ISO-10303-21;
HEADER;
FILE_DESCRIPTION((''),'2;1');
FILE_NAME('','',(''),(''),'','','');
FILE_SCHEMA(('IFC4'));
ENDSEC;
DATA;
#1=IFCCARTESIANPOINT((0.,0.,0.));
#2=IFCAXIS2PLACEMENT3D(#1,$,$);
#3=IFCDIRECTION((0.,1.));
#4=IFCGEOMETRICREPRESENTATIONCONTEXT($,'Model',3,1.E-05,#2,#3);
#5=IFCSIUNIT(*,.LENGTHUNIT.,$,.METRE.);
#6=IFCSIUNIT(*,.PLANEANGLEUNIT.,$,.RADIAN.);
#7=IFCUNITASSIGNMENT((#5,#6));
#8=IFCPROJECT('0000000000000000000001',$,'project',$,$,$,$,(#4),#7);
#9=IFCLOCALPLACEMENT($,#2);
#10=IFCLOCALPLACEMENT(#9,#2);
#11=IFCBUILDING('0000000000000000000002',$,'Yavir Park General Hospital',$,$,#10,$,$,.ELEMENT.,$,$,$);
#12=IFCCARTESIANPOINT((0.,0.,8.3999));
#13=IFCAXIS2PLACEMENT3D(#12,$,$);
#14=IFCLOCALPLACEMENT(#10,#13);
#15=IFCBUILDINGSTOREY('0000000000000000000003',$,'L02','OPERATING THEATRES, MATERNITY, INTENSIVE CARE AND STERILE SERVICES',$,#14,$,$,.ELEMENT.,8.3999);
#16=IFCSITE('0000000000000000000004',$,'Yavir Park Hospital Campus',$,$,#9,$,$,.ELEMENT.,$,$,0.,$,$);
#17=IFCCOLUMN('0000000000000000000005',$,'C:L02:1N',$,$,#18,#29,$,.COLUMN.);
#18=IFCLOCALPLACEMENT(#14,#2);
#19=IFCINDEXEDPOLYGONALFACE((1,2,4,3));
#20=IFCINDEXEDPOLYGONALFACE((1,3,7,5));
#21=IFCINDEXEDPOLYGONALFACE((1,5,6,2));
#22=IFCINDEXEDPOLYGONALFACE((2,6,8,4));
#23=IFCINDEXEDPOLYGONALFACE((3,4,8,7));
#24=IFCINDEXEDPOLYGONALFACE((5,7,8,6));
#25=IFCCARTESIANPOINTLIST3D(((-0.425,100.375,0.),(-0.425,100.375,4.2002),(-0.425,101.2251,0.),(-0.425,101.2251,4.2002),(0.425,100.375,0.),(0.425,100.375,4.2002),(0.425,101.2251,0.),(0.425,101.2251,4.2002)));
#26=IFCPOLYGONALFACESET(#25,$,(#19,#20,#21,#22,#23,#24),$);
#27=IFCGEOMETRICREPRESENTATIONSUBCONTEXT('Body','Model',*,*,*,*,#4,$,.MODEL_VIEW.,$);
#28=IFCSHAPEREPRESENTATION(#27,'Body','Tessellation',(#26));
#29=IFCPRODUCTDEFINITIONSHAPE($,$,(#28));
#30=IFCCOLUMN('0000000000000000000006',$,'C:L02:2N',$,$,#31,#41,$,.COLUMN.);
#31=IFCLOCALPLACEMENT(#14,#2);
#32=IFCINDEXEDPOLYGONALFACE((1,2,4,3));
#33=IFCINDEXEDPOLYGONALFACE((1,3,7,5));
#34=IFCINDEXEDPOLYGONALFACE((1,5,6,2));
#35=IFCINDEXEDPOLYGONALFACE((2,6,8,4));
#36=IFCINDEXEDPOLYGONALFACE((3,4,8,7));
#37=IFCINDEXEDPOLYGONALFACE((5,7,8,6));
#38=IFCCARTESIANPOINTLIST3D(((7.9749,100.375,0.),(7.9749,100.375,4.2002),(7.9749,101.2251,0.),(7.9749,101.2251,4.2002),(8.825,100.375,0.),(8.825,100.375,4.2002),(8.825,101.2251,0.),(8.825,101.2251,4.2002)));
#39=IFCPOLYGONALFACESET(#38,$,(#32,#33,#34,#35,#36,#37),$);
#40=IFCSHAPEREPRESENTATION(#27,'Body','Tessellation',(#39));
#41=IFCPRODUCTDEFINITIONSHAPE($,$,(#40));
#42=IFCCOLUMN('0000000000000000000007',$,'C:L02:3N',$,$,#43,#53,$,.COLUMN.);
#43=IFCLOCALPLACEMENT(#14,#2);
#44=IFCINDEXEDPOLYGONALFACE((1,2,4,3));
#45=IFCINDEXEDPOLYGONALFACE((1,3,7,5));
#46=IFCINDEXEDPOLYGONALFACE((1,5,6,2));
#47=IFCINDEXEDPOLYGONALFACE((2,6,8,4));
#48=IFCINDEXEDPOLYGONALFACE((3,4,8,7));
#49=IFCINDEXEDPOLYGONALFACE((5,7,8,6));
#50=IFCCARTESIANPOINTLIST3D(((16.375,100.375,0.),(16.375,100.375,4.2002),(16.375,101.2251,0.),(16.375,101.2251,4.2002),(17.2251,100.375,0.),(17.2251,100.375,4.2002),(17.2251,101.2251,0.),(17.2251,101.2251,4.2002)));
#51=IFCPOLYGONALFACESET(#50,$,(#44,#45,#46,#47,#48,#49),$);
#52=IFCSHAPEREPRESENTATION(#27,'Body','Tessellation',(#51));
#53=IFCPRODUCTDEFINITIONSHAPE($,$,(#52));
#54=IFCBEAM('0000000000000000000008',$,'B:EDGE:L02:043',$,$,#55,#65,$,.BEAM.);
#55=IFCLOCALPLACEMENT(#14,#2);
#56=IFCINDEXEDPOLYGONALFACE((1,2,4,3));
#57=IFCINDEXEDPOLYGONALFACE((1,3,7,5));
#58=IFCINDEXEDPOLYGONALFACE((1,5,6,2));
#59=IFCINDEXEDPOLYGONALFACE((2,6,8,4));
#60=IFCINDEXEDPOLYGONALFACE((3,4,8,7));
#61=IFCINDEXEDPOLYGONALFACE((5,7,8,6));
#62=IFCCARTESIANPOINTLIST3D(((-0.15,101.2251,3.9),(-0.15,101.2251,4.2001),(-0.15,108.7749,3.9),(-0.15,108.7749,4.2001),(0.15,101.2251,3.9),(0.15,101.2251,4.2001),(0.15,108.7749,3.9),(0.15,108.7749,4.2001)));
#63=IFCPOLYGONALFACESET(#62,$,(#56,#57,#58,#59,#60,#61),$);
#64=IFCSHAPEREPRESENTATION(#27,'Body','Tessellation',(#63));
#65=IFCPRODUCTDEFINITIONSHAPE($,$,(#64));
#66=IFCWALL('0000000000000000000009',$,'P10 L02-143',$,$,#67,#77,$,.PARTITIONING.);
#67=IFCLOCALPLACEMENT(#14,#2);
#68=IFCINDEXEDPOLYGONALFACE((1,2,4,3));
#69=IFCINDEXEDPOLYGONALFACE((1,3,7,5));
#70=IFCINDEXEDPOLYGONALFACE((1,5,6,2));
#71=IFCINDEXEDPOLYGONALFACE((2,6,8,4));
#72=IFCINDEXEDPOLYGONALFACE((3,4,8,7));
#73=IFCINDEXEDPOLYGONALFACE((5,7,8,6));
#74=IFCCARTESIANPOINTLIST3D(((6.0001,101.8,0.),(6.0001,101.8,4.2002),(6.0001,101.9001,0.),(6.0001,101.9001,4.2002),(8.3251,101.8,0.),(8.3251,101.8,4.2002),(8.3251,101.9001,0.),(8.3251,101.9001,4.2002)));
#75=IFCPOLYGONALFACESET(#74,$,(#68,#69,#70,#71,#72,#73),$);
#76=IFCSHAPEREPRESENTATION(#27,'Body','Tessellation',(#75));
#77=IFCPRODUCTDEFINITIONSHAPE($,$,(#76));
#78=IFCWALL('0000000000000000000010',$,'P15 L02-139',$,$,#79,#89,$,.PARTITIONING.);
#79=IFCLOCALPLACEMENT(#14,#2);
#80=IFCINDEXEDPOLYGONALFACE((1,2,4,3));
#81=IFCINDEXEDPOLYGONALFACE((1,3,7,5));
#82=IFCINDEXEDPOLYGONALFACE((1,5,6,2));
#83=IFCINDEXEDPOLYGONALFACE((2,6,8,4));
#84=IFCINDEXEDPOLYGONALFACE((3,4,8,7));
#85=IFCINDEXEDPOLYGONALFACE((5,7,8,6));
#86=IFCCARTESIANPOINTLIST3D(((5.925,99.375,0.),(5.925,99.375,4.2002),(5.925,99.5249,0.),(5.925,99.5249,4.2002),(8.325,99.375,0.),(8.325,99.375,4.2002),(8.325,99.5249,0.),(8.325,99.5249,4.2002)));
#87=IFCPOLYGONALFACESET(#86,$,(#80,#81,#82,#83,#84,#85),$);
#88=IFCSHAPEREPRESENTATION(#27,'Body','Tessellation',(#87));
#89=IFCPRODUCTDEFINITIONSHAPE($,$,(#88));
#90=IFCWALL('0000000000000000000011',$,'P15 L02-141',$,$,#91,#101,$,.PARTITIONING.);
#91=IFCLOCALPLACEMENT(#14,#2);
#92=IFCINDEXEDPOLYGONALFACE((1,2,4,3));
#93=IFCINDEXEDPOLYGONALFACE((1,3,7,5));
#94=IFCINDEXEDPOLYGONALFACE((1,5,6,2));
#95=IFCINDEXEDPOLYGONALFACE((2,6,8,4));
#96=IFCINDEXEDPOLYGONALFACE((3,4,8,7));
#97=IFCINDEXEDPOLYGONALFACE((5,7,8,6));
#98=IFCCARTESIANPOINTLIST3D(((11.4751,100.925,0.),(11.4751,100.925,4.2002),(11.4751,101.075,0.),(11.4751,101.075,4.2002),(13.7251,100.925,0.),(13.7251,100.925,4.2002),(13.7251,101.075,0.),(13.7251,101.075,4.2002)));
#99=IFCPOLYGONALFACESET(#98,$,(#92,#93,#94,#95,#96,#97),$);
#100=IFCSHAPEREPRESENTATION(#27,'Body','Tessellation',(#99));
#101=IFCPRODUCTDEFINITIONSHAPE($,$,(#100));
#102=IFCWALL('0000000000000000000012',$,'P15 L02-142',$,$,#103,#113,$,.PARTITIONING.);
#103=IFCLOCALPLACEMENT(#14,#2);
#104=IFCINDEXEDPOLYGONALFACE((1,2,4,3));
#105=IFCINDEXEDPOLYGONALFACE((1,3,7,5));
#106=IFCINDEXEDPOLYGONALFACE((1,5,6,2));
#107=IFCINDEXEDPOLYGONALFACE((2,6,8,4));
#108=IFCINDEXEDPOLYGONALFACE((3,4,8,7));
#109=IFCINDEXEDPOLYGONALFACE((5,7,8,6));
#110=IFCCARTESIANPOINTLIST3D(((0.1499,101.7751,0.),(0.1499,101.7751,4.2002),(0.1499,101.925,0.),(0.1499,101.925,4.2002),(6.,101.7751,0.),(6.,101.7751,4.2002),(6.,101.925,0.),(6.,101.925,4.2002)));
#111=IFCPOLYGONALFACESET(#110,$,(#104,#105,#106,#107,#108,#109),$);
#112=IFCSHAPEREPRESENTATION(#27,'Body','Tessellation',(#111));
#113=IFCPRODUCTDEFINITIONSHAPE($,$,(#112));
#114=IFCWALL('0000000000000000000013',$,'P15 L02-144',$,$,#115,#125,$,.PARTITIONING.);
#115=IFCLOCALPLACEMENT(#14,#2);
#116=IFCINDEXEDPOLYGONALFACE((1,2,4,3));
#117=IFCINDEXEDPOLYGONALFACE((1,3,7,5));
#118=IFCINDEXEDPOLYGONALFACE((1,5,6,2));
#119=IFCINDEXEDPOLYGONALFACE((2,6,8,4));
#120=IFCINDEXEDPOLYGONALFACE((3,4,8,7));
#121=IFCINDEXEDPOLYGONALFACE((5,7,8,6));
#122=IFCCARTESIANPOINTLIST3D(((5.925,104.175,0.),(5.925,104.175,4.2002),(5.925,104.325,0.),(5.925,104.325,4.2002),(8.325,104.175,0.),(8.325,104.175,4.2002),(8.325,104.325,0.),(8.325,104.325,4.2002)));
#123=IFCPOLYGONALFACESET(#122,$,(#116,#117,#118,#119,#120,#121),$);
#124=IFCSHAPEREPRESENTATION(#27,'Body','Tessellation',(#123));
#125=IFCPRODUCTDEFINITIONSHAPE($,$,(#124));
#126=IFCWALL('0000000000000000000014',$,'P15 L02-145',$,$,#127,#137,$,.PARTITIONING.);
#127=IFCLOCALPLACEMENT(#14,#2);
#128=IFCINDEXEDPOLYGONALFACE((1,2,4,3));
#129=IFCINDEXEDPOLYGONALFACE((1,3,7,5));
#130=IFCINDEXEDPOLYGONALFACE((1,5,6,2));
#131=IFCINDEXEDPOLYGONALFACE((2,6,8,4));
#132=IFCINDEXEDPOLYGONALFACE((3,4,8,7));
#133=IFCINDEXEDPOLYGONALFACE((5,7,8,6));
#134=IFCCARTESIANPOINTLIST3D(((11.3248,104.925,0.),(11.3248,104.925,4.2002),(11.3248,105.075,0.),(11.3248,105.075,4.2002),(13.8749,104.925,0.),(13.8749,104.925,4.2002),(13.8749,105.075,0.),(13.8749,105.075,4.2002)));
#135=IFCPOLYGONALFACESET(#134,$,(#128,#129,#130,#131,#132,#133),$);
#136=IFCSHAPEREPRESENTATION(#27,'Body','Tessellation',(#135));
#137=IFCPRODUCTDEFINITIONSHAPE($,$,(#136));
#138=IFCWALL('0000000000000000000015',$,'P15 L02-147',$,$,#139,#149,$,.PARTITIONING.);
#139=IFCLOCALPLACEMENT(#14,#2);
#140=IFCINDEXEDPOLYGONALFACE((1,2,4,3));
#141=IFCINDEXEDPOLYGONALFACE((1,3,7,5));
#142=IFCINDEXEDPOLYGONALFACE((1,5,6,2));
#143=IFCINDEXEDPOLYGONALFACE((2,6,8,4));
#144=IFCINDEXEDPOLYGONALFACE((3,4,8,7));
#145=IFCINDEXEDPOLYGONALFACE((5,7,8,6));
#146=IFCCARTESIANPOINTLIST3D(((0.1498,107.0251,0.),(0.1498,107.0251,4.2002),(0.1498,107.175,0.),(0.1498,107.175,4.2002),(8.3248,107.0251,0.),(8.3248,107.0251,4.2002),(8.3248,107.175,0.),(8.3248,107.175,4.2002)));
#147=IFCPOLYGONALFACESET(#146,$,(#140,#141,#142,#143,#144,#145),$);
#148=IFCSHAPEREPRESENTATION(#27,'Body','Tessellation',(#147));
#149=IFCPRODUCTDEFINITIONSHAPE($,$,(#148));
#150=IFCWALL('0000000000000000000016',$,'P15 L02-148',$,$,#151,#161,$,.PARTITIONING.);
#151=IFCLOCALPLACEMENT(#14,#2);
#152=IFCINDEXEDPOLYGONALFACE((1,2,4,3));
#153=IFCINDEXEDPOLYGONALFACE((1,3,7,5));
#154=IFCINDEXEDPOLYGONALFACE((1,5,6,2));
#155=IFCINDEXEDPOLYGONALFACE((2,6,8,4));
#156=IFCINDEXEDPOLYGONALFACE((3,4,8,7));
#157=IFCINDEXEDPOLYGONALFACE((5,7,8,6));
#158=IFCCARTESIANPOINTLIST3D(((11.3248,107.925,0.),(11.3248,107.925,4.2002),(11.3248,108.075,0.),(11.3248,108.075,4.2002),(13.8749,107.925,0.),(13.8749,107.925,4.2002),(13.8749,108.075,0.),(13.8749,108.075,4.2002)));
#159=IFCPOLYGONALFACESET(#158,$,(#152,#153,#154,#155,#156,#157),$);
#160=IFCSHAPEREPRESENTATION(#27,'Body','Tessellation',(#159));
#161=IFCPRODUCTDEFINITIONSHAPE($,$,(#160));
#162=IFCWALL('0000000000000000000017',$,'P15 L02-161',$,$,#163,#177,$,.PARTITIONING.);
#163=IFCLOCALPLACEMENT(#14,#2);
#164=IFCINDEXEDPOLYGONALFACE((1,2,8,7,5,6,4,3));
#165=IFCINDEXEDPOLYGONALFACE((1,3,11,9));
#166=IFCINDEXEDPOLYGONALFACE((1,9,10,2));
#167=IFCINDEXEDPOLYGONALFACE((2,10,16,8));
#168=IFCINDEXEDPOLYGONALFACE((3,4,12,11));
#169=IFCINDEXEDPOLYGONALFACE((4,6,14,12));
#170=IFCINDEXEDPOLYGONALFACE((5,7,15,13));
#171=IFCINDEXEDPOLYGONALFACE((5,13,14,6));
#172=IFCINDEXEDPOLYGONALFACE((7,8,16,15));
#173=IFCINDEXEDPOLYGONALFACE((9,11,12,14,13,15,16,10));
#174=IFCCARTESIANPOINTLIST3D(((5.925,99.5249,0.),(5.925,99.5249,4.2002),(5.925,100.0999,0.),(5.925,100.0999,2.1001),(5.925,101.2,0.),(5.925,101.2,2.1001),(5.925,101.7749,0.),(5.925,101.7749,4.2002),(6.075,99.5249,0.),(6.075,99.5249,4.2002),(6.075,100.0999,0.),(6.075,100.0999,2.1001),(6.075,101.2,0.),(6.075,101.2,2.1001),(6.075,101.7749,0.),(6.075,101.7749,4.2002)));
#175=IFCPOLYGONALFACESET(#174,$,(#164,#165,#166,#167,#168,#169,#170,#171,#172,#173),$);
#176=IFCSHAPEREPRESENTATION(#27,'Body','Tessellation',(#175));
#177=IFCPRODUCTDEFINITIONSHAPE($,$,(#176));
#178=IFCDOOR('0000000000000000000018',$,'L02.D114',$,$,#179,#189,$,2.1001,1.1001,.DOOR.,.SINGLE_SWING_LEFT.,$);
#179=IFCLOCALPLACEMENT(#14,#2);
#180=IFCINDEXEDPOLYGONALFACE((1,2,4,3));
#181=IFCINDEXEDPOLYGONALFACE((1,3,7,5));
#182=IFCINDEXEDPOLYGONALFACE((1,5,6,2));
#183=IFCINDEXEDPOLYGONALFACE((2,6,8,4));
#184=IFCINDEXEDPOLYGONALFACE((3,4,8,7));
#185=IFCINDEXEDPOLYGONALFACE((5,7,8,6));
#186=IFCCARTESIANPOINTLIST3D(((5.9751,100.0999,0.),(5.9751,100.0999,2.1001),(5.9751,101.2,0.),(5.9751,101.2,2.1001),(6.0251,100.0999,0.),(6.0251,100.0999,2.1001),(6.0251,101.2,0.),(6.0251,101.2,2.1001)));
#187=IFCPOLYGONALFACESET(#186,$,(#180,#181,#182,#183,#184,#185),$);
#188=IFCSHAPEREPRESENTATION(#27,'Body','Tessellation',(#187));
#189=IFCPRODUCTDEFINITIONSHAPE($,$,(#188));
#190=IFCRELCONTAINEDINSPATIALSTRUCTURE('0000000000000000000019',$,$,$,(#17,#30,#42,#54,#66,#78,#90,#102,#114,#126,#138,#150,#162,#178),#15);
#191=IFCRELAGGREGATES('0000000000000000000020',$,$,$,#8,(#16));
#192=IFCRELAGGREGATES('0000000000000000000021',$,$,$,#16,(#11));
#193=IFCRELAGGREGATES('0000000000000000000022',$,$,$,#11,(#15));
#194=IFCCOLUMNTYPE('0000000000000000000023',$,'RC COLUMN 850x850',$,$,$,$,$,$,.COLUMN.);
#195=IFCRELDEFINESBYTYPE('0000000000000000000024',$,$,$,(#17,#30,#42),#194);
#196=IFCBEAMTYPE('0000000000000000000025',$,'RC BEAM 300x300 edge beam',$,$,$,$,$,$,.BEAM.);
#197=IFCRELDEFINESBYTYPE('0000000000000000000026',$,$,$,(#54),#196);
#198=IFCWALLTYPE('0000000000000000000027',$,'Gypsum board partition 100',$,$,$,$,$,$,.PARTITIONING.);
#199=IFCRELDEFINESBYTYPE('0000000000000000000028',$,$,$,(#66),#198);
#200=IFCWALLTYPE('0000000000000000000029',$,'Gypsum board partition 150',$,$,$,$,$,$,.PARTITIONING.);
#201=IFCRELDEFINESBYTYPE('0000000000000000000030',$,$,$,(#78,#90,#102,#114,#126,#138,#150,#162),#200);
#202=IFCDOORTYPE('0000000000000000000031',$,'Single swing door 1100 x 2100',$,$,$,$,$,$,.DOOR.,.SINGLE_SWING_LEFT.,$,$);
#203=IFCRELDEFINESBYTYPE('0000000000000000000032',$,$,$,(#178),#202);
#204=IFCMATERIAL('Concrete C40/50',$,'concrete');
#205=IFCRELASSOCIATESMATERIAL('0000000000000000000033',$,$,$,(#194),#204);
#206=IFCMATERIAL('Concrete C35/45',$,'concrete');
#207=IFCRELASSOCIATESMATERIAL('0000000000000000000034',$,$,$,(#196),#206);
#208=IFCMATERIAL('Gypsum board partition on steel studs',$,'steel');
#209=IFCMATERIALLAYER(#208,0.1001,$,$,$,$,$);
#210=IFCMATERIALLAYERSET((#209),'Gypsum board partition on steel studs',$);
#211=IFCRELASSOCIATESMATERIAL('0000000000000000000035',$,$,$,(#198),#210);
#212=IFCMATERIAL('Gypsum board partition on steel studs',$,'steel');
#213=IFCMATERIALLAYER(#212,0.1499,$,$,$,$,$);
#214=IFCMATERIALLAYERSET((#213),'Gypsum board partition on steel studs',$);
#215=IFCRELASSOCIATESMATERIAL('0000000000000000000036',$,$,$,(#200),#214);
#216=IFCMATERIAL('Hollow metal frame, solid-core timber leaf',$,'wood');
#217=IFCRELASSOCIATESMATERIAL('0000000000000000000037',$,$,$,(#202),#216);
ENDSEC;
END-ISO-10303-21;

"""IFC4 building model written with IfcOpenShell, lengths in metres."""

from ifc_helpers import new_model, si_unit, direction, frame, frame_2d, origin, origin_2d, place, context, subcontext, project, spatial, rectangle, extrude, material, layer, layer_set, material_profile, profile_set, type_object, element, fill, save


model = new_model("IFC4")

# Units and contexts
model_context = context("Model", 3, precision=1e-05, world=origin(), true_north=direction((0.0, 1.0)))
body_context = subcontext(model_context, "Body", "Model", "MODEL_VIEW")
ifc_project = project(units=[si_unit("LENGTHUNIT", "METRE"), si_unit("PLANEANGLEUNIT", "RADIAN")], contexts=[model_context])

# Site, building, storey
site_placement = place(None, origin())
site = spatial("IfcSite", under=ifc_project, at=site_placement, Name="Yavir Park Hospital Campus", CompositionType="ELEMENT", RefElevation=0.0)
building_placement = place(site_placement, origin())
building = spatial("IfcBuilding", under=site, at=building_placement, Name="Yavir Park General Hospital", CompositionType="ELEMENT")
storey_placement = place(building_placement, frame((0.0, 0.0, 8.3999)))
storey = spatial("IfcBuildingStorey", under=building, at=storey_placement, Name="L02", Description="OPERATING THEATRES, MATERNITY, INTENSIVE CARE AND STERILE SERVICES", CompositionType="ELEMENT", Elevation=8.3999)

# Columns
ifc_material_1 = material(Name="Concrete C40/50", Category="concrete")
ifc_material_profile_1 = material_profile(ifc_material_1, rectangle(XDim=0.8501, YDim=0.8501, at=origin_2d()), Name="RC850x850")
ifc_profile_set_1 = profile_set([ifc_material_profile_1], Name="Concrete C40/50")
column_type = type_object("IfcColumnType", Name="RC COLUMN 850x850", PredefinedType="COLUMN", material=ifc_profile_set_1)
for number, where, z_axis, x_axis, name in (
    (1, (0.0, 100.8, 0.0), (0.0, 0.0, 1.0), (1.0, 0.0, 0.0), "C:L02:1N"),
    (2, (8.3999, 100.8, 0.0), (0.0, 0.0, 1.0), (1.0, 0.0, 0.0), "C:L02:2N"),
    (3, (16.8, 100.8, 0.0), (0.0, 0.0, 1.0), (1.0, 0.0, 0.0), "C:L02:3N"),
):
    element("IfcColumn", number, at=place(storey_placement, frame(where, z_axis=z_axis, x_axis=x_axis)), inside=storey, type_object=column_type, Name=name, PredefinedType="COLUMN", context=body_context, shape_type="SweptSolid", body=[
        extrude(rectangle(XDim=0.8501, YDim=0.8501, at=origin_2d()), origin(), (0.0, 0.0, 1.0), 4.2002),
    ])

# Beam
ifc_material_2 = material(Name="Concrete C35/45", Category="concrete")
ifc_material_profile_2 = material_profile(ifc_material_2, rectangle(XDim=0.3, YDim=0.3, at=origin_2d()), Name="RC300x300")
ifc_profile_set_2 = profile_set([ifc_material_profile_2], Name="Concrete C35/45")
beam_type = type_object("IfcBeamType", Name="RC BEAM 300x300 edge beam", PredefinedType="BEAM", material=ifc_profile_set_2)
beam_placement = place(storey_placement, frame((0.0, 101.2251, 4.05), z_axis=(0.0, 1.0, 0.0), x_axis=(-1.0, 0.0, 0.0)))
element("IfcBeam", 4, at=beam_placement, inside=storey, type_object=beam_type, Name="B:EDGE:L02:043", PredefinedType="BEAM", context=body_context, shape_type="SweptSolid", body=[
    extrude(rectangle(XDim=0.3, YDim=0.3, at=origin_2d()), origin(), (0.0, 0.0, 1.0), 7.5498),
])

# Walls
ifc_material_3 = material(Name="Gypsum board partition on steel studs", Category="steel")
ifc_layer_1 = layer(ifc_material_3, 0.1001)
ifc_layer_set_1 = layer_set([ifc_layer_1], Name="Gypsum board partition on steel studs")
wall_type_1 = type_object("IfcWallType", Name="Gypsum board partition 100", PredefinedType="PARTITIONING", material=ifc_layer_set_1)
wall_1_placement = place(storey_placement, frame((6.0, 101.8501, 0.0), z_axis=(0.0, 0.0, 1.0), x_axis=(1.0, 0.0, 0.0)))
element("IfcWall", 5, at=wall_1_placement, inside=storey, type_object=wall_type_1, Name="P10 L02-143", PredefinedType="PARTITIONING", context=body_context, shape_type="SweptSolid", body=[
    extrude(rectangle(XDim=2.325, YDim=0.1001, at=frame_2d((1.1626, 0.0))), origin(), (0.0, 0.0, 1.0), 4.2002),
])
ifc_material_4 = material(Name="Gypsum board partition on steel studs", Category="steel")
ifc_layer_2 = layer(ifc_material_4, 0.1499)
ifc_layer_set_2 = layer_set([ifc_layer_2], Name="Gypsum board partition on steel studs")
wall_type_2 = type_object("IfcWallType", Name="Gypsum board partition 150", PredefinedType="PARTITIONING", material=ifc_layer_set_2)
wall_2_placement = place(storey_placement, frame((5.925, 99.45, 0.0), z_axis=(0.0, 0.0, 1.0), x_axis=(1.0, 0.0, 0.0)))
element("IfcWall", 6, at=wall_2_placement, inside=storey, type_object=wall_type_2, Name="P15 L02-139", PredefinedType="PARTITIONING", context=body_context, shape_type="SweptSolid", body=[
    extrude(rectangle(XDim=2.3999, YDim=0.1499, at=frame_2d((1.2, 0.0))), origin(), (0.0, 0.0, 1.0), 4.2002),
])
wall_3_placement = place(storey_placement, frame((11.4751, 101.0, 0.0), z_axis=(0.0, 0.0, 1.0), x_axis=(1.0, 0.0, 0.0)))
element("IfcWall", 7, at=wall_3_placement, inside=storey, type_object=wall_type_2, Name="P15 L02-141", PredefinedType="PARTITIONING", context=body_context, shape_type="SweptSolid", body=[
    extrude(rectangle(XDim=2.25, YDim=0.1499, at=frame_2d((1.125, 0.0))), origin(), (0.0, 0.0, 1.0), 4.2002),
])
wall_4_placement = place(storey_placement, frame((0.1499, 101.8501, 0.0), z_axis=(0.0, 0.0, 1.0), x_axis=(1.0, 0.0, 0.0)))
element("IfcWall", 8, at=wall_4_placement, inside=storey, type_object=wall_type_2, Name="P15 L02-142", PredefinedType="PARTITIONING", context=body_context, shape_type="SweptSolid", body=[
    extrude(rectangle(XDim=5.8501, YDim=0.1499, at=frame_2d((2.925, 0.0))), origin(), (0.0, 0.0, 1.0), 4.2002),
])
wall_5_placement = place(storey_placement, frame((5.925, 104.25, 0.0), z_axis=(0.0, 0.0, 1.0), x_axis=(1.0, 0.0, 0.0)))
element("IfcWall", 9, at=wall_5_placement, inside=storey, type_object=wall_type_2, Name="P15 L02-144", PredefinedType="PARTITIONING", context=body_context, shape_type="SweptSolid", body=[
    extrude(rectangle(XDim=2.3999, YDim=0.1499, at=frame_2d((1.2, 0.0))), origin(), (0.0, 0.0, 1.0), 4.2002),
])
wall_6_placement = place(storey_placement, frame((11.325, 105.0, 0.0), z_axis=(0.0, 0.0, 1.0), x_axis=(1.0, 0.0, 0.0)))
element("IfcWall", 10, at=wall_6_placement, inside=storey, type_object=wall_type_2, Name="P15 L02-145", PredefinedType="PARTITIONING", context=body_context, shape_type="SweptSolid", body=[
    extrude(rectangle(XDim=2.55, YDim=0.1499, at=frame_2d((1.2749, 0.0))), origin(), (0.0, 0.0, 1.0), 4.2002),
])
wall_7_placement = place(storey_placement, frame((0.1499, 107.1001, 0.0), z_axis=(0.0, 0.0, 1.0), x_axis=(1.0, 0.0, 0.0)))
element("IfcWall", 11, at=wall_7_placement, inside=storey, type_object=wall_type_2, Name="P15 L02-147", PredefinedType="PARTITIONING", context=body_context, shape_type="SweptSolid", body=[
    extrude(rectangle(XDim=8.175, YDim=0.1499, at=frame_2d((4.0874, 0.0))), origin(), (0.0, 0.0, 1.0), 4.2002),
])
wall_8_placement = place(storey_placement, frame((11.325, 108.0, 0.0), z_axis=(0.0, 0.0, 1.0), x_axis=(1.0, 0.0, 0.0)))
element("IfcWall", 12, at=wall_8_placement, inside=storey, type_object=wall_type_2, Name="P15 L02-148", PredefinedType="PARTITIONING", context=body_context, shape_type="SweptSolid", body=[
    extrude(rectangle(XDim=2.55, YDim=0.1499, at=frame_2d((1.2749, 0.0))), origin(), (0.0, 0.0, 1.0), 4.2002),
])

# Wall, opening, door
wall_9_placement = place(storey_placement, frame((6.0, 99.5249, 0.0), z_axis=(0.0, 0.0, 1.0), x_axis=(0.0, 1.0, 0.0)))
wall_9 = element("IfcWall", 13, at=wall_9_placement, inside=storey, type_object=wall_type_2, Name="P15 L02-161", PredefinedType="PARTITIONING", context=body_context, shape_type="SweptSolid", body=[
    extrude(rectangle(XDim=2.25, YDim=0.1499, at=frame_2d((1.125, 0.0))), origin(), (0.0, 0.0, 1.0), 4.2002),
])
opening_1_placement = place(wall_9_placement, frame((0.575, 0.0, 0.0)))
opening_1 = element("IfcOpeningElement", 14, at=opening_1_placement, cuts=wall_9, PredefinedType="OPENING", context=body_context, shape_type="SweptSolid", body=[
    extrude(rectangle(XDim=1.1001, YDim=2.1001, at=frame_2d((0.55, 1.05))), frame((0.0, 0.085, 0.0), z_axis=(0.0, -1.0, 0.0), x_axis=(1.0, 0.0, 0.0)), (0.0, 0.0, 1.0), 0.1699),
])
ifc_material_5 = material(Name="Hollow metal frame, solid-core timber leaf", Category="wood")
door_type_1 = type_object("IfcDoorType", Name="Single swing door 1100 x 2100", OperationType="SINGLE_SWING_LEFT", PredefinedType="DOOR", material=ifc_material_5)
door_1_placement = place(opening_1_placement, origin())
door_1 = element("IfcDoor", 15, at=door_1_placement, inside=storey, type_object=door_type_1, Name="L02.D114", OperationType="SINGLE_SWING_LEFT", OverallHeight=2.1001, OverallWidth=1.1001, PredefinedType="DOOR", context=body_context, shape_type="SweptSolid", body=[
    extrude(rectangle(XDim=1.1001, YDim=2.1001, at=frame_2d((0.55, 1.05))), frame((0.0, 0.0249, 0.0), z_axis=(0.0, -1.0, 0.0), x_axis=(1.0, 0.0, 0.0)), (0.0, 0.0, 1.0), 0.05),
])
fill(opening_1, door_1)

save(model, "model.ifc")
